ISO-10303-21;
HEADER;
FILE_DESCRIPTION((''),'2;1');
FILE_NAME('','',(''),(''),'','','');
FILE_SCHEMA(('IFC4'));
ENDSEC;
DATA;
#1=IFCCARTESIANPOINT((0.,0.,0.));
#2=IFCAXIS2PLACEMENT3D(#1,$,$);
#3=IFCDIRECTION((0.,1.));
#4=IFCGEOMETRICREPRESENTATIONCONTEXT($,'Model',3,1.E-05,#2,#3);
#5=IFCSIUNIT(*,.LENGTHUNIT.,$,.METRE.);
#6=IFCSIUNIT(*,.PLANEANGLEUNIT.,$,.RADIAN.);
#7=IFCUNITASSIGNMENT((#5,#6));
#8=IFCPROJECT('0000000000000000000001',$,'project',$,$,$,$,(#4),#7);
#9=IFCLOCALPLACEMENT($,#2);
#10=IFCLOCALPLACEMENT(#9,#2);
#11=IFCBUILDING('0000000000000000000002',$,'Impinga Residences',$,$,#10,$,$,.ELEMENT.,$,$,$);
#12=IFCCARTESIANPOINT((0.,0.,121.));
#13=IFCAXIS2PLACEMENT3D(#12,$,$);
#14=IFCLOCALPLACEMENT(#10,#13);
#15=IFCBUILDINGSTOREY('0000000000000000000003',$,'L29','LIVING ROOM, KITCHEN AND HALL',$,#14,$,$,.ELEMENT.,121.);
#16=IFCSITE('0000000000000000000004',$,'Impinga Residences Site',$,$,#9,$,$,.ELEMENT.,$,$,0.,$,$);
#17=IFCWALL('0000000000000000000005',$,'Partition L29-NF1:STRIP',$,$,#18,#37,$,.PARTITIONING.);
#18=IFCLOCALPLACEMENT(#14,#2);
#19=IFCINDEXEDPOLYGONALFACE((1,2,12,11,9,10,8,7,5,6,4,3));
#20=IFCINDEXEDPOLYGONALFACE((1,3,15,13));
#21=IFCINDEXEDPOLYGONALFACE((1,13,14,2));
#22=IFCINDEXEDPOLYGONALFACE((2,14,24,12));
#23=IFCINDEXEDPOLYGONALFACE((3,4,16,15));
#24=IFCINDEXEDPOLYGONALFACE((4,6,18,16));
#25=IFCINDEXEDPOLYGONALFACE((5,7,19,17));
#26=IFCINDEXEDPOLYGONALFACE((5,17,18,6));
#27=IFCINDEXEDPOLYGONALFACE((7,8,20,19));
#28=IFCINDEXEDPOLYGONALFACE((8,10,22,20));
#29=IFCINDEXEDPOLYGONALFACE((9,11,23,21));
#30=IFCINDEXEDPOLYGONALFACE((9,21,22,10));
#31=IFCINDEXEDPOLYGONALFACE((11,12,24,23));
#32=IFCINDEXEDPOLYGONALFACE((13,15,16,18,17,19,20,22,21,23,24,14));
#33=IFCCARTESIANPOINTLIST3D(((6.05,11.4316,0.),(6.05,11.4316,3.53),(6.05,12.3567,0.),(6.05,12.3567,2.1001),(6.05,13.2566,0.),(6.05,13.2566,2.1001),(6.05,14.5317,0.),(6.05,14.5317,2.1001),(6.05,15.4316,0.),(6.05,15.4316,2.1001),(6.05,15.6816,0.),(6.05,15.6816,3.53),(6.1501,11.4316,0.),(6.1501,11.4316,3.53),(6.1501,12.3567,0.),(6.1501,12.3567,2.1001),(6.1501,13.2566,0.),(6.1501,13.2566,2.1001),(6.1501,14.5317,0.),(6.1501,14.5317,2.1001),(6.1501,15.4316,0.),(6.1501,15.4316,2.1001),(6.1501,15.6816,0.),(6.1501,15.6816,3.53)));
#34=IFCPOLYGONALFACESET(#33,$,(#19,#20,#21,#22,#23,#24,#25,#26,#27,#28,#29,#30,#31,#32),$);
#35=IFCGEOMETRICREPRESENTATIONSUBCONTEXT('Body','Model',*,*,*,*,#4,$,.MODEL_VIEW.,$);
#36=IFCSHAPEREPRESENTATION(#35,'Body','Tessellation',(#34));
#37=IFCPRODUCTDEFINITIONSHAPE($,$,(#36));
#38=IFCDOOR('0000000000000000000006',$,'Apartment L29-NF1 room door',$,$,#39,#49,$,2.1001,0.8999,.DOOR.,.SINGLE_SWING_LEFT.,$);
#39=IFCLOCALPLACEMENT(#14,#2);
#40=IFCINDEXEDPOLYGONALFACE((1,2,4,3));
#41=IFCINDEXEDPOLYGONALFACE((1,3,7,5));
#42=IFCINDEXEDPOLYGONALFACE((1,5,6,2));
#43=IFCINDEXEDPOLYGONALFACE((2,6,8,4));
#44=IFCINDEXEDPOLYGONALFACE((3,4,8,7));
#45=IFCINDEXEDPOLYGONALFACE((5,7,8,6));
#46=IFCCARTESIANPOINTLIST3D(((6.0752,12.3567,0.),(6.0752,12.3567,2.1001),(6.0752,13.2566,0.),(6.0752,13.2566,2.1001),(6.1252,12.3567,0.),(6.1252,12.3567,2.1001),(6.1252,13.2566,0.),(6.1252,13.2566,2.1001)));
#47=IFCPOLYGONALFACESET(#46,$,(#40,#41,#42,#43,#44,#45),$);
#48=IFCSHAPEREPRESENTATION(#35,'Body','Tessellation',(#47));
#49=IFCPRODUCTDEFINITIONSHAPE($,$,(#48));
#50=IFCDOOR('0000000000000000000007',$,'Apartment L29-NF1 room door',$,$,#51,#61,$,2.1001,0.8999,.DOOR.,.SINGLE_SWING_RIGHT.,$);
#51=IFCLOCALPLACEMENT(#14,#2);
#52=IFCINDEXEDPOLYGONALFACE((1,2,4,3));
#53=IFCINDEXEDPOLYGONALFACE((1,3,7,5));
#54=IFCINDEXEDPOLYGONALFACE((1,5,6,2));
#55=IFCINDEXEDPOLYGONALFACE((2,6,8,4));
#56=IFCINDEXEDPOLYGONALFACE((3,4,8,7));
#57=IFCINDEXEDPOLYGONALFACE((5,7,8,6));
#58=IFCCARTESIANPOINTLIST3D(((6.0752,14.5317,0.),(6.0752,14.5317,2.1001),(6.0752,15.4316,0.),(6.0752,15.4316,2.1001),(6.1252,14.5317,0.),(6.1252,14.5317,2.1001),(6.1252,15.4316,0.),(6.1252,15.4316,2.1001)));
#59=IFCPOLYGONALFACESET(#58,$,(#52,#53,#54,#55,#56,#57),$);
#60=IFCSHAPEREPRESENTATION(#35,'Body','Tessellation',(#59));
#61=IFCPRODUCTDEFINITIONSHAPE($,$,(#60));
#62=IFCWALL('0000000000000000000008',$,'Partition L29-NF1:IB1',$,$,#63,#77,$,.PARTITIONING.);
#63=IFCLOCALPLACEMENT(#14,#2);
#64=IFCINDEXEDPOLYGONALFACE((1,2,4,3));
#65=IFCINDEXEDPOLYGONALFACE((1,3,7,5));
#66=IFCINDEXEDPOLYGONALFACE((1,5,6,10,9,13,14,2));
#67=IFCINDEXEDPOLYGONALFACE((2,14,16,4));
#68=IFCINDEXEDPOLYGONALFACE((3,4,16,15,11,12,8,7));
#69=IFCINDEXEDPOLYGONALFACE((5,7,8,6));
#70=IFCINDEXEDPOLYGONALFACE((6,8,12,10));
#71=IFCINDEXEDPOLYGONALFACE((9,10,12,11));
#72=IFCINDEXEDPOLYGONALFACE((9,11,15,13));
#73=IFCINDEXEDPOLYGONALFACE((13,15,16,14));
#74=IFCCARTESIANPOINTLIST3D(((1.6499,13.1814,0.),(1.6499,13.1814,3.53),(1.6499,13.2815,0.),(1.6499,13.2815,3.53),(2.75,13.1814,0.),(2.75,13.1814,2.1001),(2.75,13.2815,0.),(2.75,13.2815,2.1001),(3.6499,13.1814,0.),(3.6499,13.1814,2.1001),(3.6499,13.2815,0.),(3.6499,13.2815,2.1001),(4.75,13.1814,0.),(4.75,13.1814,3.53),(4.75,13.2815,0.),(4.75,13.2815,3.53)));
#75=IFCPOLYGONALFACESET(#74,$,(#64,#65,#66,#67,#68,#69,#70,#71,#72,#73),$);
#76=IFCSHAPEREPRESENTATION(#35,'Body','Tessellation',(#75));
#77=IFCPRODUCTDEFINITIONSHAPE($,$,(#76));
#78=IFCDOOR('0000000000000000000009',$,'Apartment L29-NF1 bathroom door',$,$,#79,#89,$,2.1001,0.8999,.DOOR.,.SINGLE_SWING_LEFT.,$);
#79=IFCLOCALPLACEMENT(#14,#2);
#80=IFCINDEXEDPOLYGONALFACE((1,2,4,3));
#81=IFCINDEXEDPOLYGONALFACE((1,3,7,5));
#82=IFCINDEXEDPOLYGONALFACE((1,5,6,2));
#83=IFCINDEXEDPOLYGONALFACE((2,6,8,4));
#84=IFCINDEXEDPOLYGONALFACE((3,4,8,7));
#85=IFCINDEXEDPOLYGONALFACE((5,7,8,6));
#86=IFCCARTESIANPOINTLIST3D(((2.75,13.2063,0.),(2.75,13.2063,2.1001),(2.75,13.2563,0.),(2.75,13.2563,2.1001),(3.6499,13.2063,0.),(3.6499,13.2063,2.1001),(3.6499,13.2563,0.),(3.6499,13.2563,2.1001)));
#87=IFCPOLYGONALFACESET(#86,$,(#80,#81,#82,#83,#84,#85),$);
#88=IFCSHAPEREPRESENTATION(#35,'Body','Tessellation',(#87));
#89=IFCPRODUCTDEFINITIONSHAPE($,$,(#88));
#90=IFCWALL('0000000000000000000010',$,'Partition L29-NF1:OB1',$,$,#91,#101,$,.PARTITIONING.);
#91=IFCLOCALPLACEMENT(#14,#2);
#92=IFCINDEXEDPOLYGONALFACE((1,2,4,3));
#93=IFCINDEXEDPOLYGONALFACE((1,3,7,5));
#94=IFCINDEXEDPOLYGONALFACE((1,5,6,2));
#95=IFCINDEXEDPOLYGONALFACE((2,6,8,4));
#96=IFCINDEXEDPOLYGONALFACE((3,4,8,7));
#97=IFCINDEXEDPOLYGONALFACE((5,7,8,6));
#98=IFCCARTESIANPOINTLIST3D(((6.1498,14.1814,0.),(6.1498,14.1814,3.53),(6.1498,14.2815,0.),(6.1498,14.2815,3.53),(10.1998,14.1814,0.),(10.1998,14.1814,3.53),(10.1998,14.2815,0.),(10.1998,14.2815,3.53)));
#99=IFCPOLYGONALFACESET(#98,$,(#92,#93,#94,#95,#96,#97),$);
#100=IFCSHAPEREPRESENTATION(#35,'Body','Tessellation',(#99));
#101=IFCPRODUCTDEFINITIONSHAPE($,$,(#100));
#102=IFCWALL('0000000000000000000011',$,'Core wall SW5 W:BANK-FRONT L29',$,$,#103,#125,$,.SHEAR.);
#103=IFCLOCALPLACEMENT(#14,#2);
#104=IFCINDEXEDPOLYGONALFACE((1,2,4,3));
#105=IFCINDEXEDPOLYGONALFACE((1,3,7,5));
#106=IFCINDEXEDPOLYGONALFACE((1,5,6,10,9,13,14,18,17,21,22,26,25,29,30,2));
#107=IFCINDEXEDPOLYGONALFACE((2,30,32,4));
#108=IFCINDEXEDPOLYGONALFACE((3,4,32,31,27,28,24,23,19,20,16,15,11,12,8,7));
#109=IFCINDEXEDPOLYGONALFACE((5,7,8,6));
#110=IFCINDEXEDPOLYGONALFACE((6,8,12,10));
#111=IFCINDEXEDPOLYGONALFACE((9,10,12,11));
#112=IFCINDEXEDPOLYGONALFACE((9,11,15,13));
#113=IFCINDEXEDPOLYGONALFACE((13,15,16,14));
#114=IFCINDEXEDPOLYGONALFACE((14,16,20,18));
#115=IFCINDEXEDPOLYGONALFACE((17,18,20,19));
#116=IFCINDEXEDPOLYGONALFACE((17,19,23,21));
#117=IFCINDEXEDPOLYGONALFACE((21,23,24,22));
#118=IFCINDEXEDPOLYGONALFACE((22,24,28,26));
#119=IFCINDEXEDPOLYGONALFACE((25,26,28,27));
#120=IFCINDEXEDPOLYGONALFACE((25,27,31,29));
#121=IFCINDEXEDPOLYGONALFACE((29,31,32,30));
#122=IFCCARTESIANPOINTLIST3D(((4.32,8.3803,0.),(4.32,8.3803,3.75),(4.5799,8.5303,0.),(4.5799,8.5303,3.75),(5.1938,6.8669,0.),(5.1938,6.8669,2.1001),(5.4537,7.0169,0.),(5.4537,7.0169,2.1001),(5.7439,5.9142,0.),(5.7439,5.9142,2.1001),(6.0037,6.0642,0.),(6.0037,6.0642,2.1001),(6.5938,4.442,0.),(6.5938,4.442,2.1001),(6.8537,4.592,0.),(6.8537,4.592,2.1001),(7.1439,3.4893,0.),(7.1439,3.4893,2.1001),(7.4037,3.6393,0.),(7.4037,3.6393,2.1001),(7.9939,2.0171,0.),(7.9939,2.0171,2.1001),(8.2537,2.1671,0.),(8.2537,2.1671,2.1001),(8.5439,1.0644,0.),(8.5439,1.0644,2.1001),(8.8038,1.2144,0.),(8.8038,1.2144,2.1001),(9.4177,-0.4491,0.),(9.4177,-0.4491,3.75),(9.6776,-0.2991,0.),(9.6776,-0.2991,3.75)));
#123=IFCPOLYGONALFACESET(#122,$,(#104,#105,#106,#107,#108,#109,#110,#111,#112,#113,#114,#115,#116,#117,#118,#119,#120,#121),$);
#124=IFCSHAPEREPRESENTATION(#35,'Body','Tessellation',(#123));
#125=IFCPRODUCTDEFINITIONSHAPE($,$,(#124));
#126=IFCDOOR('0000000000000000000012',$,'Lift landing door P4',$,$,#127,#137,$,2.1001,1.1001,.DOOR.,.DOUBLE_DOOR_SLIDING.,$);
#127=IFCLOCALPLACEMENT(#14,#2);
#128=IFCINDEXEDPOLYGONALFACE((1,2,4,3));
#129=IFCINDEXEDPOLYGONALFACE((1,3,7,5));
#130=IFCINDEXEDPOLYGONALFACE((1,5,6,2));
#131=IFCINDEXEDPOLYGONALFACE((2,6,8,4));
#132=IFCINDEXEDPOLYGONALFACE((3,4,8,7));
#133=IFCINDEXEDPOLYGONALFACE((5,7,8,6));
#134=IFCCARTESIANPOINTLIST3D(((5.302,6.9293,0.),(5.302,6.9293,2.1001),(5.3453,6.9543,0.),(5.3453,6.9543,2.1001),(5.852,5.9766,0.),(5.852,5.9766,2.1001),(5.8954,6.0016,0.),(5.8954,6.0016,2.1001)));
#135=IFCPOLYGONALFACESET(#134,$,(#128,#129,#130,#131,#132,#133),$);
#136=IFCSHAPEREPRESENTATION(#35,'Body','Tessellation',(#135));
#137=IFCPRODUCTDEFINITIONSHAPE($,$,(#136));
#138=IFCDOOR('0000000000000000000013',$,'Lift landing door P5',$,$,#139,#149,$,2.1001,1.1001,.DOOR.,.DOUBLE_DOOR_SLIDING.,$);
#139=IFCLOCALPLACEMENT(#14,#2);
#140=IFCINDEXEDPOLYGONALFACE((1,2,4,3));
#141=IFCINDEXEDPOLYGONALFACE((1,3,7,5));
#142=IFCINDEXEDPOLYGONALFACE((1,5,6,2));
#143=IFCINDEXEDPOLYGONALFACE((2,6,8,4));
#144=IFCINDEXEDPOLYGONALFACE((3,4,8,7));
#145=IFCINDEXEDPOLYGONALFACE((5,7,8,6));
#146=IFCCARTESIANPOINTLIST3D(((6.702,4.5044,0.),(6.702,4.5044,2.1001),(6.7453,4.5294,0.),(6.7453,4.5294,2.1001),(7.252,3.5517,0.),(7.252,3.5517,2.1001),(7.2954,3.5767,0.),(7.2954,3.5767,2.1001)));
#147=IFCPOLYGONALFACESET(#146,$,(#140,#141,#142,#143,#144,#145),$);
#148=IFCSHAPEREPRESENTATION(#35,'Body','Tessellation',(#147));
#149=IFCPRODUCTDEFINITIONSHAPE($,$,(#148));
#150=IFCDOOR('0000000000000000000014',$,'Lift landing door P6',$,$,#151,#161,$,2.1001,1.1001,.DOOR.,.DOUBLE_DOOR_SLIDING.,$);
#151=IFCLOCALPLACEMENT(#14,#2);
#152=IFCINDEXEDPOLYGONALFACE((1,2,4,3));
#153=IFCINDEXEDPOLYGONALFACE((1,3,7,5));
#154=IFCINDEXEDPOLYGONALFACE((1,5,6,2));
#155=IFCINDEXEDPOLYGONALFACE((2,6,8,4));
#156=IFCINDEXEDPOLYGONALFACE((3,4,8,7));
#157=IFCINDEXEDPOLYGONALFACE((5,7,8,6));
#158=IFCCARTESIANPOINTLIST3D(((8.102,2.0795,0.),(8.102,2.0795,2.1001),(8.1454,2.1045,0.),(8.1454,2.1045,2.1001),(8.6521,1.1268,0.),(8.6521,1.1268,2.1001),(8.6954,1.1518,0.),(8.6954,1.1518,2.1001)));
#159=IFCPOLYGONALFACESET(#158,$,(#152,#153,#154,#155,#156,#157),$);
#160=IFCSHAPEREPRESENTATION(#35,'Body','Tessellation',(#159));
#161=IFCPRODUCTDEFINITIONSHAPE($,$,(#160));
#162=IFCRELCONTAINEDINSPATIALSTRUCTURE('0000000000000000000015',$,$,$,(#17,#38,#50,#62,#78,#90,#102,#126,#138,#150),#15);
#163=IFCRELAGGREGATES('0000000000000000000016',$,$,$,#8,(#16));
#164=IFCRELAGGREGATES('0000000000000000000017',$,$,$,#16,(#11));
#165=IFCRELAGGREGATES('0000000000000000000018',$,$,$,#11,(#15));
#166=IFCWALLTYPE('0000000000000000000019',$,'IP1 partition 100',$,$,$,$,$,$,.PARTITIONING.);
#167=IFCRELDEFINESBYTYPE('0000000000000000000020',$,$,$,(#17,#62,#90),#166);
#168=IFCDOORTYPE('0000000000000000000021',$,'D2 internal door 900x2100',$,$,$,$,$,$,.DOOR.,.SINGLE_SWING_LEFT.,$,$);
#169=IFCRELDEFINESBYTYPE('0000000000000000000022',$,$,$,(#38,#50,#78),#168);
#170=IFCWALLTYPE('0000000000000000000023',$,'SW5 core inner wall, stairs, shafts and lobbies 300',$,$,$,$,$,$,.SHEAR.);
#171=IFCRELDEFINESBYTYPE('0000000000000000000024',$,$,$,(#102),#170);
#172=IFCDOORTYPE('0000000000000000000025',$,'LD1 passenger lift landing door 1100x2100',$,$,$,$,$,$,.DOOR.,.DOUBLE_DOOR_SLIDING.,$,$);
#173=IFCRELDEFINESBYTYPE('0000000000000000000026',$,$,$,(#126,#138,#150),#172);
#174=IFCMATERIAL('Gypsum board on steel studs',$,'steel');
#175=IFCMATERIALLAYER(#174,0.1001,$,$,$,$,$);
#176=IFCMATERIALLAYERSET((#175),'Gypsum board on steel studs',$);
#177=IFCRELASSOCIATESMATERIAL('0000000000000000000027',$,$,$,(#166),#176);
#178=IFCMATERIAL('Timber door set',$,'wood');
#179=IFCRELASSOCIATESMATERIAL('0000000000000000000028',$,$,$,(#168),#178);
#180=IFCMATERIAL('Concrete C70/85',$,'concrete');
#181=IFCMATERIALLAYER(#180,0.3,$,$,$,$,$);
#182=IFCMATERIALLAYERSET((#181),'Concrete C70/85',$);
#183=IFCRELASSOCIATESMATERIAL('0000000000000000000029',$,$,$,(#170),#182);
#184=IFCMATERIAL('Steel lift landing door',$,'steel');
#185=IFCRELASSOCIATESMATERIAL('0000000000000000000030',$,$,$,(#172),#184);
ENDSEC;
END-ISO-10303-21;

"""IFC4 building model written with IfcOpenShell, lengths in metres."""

from ifc_helpers import new_model, si_unit, direction, frame, frame_2d, origin, place, context, subcontext, project, spatial, rectangle, extrude, material, layer, layer_set, type_object, element, fill, save


model = new_model("IFC4")

# Units and contexts
model_context = context("Model", 3, precision=1e-05, world=origin(), true_north=direction((0.0, 1.0)))
body_context = subcontext(model_context, "Body", "Model", "MODEL_VIEW")
ifc_project = project(units=[si_unit("LENGTHUNIT", "METRE"), si_unit("PLANEANGLEUNIT", "RADIAN")], contexts=[model_context])

# Site, building, storey
site_placement = place(None, origin())
site = spatial("IfcSite", under=ifc_project, at=site_placement, Name="Impinga Residences Site", CompositionType="ELEMENT", RefElevation=0.0)
building_placement = place(site_placement, origin())
building = spatial("IfcBuilding", under=site, at=building_placement, Name="Impinga Residences", CompositionType="ELEMENT")
storey_placement = place(building_placement, frame((0.0, 0.0, 121.0)))
storey = spatial("IfcBuildingStorey", under=building, at=storey_placement, Name="L29", Description="LIVING ROOM, KITCHEN AND HALL", CompositionType="ELEMENT", Elevation=121.0)

# Shared definitions
ifc_material_1 = material(Name="Timber door set", Category="wood")

# Shared definitions
ifc_material_2 = material(Name="Gypsum board on steel studs", Category="steel")
ifc_layer_1 = layer(ifc_material_2, 0.1001)
ifc_layer_set_1 = layer_set([ifc_layer_1], Name="Gypsum board on steel studs")
wall_type_1 = type_object("IfcWallType", Name="IP1 partition 100", PredefinedType="PARTITIONING", material=ifc_layer_set_1)

# Wall, openings, doors
wall_1_placement = place(storey_placement, frame((6.1001, 11.4316, 0.0), z_axis=(0.0, 0.0, 1.0), x_axis=(0.0, 1.0, 0.0)))
wall_1 = element("IfcWall", 1, at=wall_1_placement, inside=storey, type_object=wall_type_1, Name="Partition L29-NF1:STRIP", PredefinedType="PARTITIONING", context=body_context, shape_type="SweptSolid", body=[
    extrude(rectangle(XDim=4.25, YDim=0.1001, at=frame_2d((2.125, 0.0))), origin(), (0.0, 0.0, 1.0), 3.53),
])
opening_1_placement = place(wall_1_placement, frame((0.925, 0.0, 0.0)))
opening_1 = element("IfcOpeningElement", 2, at=opening_1_placement, cuts=wall_1, PredefinedType="OPENING", context=body_context, shape_type="SweptSolid", body=[
    extrude(rectangle(XDim=0.8999, YDim=2.1001, at=frame_2d((0.45, 1.05))), frame((0.0, 0.0601, 0.0), z_axis=(0.0, -1.0, 0.0), x_axis=(1.0, 0.0, 0.0)), (0.0, 0.0, 1.0), 0.1201),
])
opening_2_placement = place(wall_1_placement, frame((3.1001, 0.0, 0.0)))
opening_2 = element("IfcOpeningElement", 3, at=opening_2_placement, cuts=wall_1, PredefinedType="OPENING", context=body_context, shape_type="SweptSolid", body=[
    extrude(rectangle(XDim=0.8999, YDim=2.1001, at=frame_2d((0.45, 1.05))), frame((0.0, 0.0601, 0.0), z_axis=(0.0, -1.0, 0.0), x_axis=(1.0, 0.0, 0.0)), (0.0, 0.0, 1.0), 0.1201),
])
door_type_1 = type_object("IfcDoorType", Name="D2 internal door 900x2100", OperationType="SINGLE_SWING_LEFT", PredefinedType="DOOR", material=ifc_material_1)
door_1_placement = place(opening_1_placement, origin())
door_1 = element("IfcDoor", 4, at=door_1_placement, inside=storey, type_object=door_type_1, Name="Apartment L29-NF1 room door", OperationType="SINGLE_SWING_LEFT", OverallHeight=2.1001, OverallWidth=0.8999, PredefinedType="DOOR", context=body_context, shape_type="SweptSolid", body=[
    extrude(rectangle(XDim=0.8999, YDim=2.1001, at=frame_2d((0.45, 1.05))), frame((0.0, 0.0249, 0.0), z_axis=(0.0, -1.0, 0.0), x_axis=(1.0, 0.0, 0.0)), (0.0, 0.0, 1.0), 0.05),
])
fill(opening_1, door_1)
door_2_placement = place(opening_2_placement, origin())
door_2 = element("IfcDoor", 5, at=door_2_placement, inside=storey, type_object=door_type_1, Name="Apartment L29-NF1 room door", OperationType="SINGLE_SWING_RIGHT", OverallHeight=2.1001, OverallWidth=0.8999, PredefinedType="DOOR", context=body_context, shape_type="SweptSolid", body=[
    extrude(rectangle(XDim=0.8999, YDim=2.1001, at=frame_2d((0.45, 1.05))), frame((0.0, 0.0249, 0.0), z_axis=(0.0, -1.0, 0.0), x_axis=(1.0, 0.0, 0.0)), (0.0, 0.0, 1.0), 0.05),
])
fill(opening_2, door_2)

# Wall, opening, door
wall_2_placement = place(storey_placement, frame((1.6499, 13.2314, 0.0), z_axis=(0.0, 0.0, 1.0), x_axis=(1.0, 0.0, 0.0)))
wall_2 = element("IfcWall", 6, at=wall_2_placement, inside=storey, type_object=wall_type_1, Name="Partition L29-NF1:IB1", PredefinedType="PARTITIONING", context=body_context, shape_type="SweptSolid", body=[
    extrude(rectangle(XDim=3.1001, YDim=0.1001, at=frame_2d((1.55, 0.0))), origin(), (0.0, 0.0, 1.0), 3.53),
])
opening_3_placement = place(wall_2_placement, frame((1.1001, 0.0, 0.0)))
opening_3 = element("IfcOpeningElement", 7, at=opening_3_placement, cuts=wall_2, PredefinedType="OPENING", context=body_context, shape_type="SweptSolid", body=[
    extrude(rectangle(XDim=0.8999, YDim=2.1001, at=frame_2d((0.45, 1.05))), frame((0.0, 0.0601, 0.0), z_axis=(0.0, -1.0, 0.0), x_axis=(1.0, 0.0, 0.0)), (0.0, 0.0, 1.0), 0.1201),
])
door_3_placement = place(opening_3_placement, origin())
door_3 = element("IfcDoor", 8, at=door_3_placement, inside=storey, type_object=door_type_1, Name="Apartment L29-NF1 bathroom door", OperationType="SINGLE_SWING_LEFT", OverallHeight=2.1001, OverallWidth=0.8999, PredefinedType="DOOR", context=body_context, shape_type="SweptSolid", body=[
    extrude(rectangle(XDim=0.8999, YDim=2.1001, at=frame_2d((0.45, 1.05))), frame((0.0, 0.0249, 0.0), z_axis=(0.0, -1.0, 0.0), x_axis=(1.0, 0.0, 0.0)), (0.0, 0.0, 1.0), 0.05),
])
fill(opening_3, door_3)

# Wall
wall_3_placement = place(storey_placement, frame((6.1499, 14.2314, 0.0), z_axis=(0.0, 0.0, 1.0), x_axis=(1.0, 0.0, 0.0)))
element("IfcWall", 9, at=wall_3_placement, inside=storey, type_object=wall_type_1, Name="Partition L29-NF1:OB1", PredefinedType="PARTITIONING", context=body_context, shape_type="SweptSolid", body=[
    extrude(rectangle(XDim=4.05, YDim=0.1001, at=frame_2d((2.0249, 0.0))), origin(), (0.0, 0.0, 1.0), 3.53),
])

# Wall, openings, doors
ifc_material_3 = material(Name="Concrete C70/85", Category="concrete")
ifc_layer_2 = layer(ifc_material_3, 0.3)
ifc_layer_set_2 = layer_set([ifc_layer_2], Name="Concrete C70/85")
wall_type_2 = type_object("IfcWallType", Name="SW5 core inner wall, stairs, shafts and lobbies 300", PredefinedType="SHEAR", material=ifc_layer_set_2)
wall_4_placement = place(storey_placement, frame((4.45, 8.4553, 0.0), z_axis=(0.0, 0.0, 1.0), x_axis=(0.500002, -0.866024, 0.0)))
wall_4 = element("IfcWall", 10, at=wall_4_placement, inside=storey, type_object=wall_type_2, Name="Core wall SW5 W:BANK-FRONT L29", PredefinedType="SHEAR", context=body_context, shape_type="SweptSolid", body=[
    extrude(rectangle(XDim=10.1953, YDim=0.3, at=frame_2d((5.0977, 0.0))), origin(), (0.0, 0.0, 1.0), 3.75),
])
opening_4_placement = place(wall_4_placement, frame((1.7476, 0.0, 0.0)))
opening_4 = element("IfcOpeningElement", 11, at=opening_4_placement, cuts=wall_4, PredefinedType="OPENING", context=body_context, shape_type="SweptSolid", body=[
    extrude(rectangle(XDim=1.1001, YDim=2.1001, at=frame_2d((0.55, 1.05))), frame((0.0, 0.1599, 0.0), z_axis=(0.0, -1.0, 0.0), x_axis=(1.0, 0.0, 0.0)), (0.0, 0.0, 1.0), 0.3201),
])
opening_5_placement = place(wall_4_placement, frame((4.5476, 0.0, 0.0)))
opening_5 = element("IfcOpeningElement", 12, at=opening_5_placement, cuts=wall_4, PredefinedType="OPENING", context=body_context, shape_type="SweptSolid", body=[
    extrude(rectangle(XDim=1.1001, YDim=2.1001, at=frame_2d((0.55, 1.05))), frame((0.0, 0.1599, 0.0), z_axis=(0.0, -1.0, 0.0), x_axis=(1.0, 0.0, 0.0)), (0.0, 0.0, 1.0), 0.3201),
])
opening_6_placement = place(wall_4_placement, frame((7.3477, 0.0, 0.0)))
opening_6 = element("IfcOpeningElement", 13, at=opening_6_placement, cuts=wall_4, PredefinedType="OPENING", context=body_context, shape_type="SweptSolid", body=[
    extrude(rectangle(XDim=1.1001, YDim=2.1001, at=frame_2d((0.55, 1.05))), frame((0.0, 0.1599, 0.0), z_axis=(0.0, -1.0, 0.0), x_axis=(1.0, 0.0, 0.0)), (0.0, 0.0, 1.0), 0.3201),
])
ifc_material_4 = material(Name="Steel lift landing door", Category="steel")
door_type_2 = type_object("IfcDoorType", Name="LD1 passenger lift landing door 1100x2100", OperationType="DOUBLE_DOOR_SLIDING", PredefinedType="DOOR", material=ifc_material_4)
door_4_placement = place(opening_4_placement, origin())
door_4 = element("IfcDoor", 14, at=door_4_placement, inside=storey, type_object=door_type_2, Name="Lift landing door P4", OperationType="DOUBLE_DOOR_SLIDING", OverallHeight=2.1001, OverallWidth=1.1001, PredefinedType="DOOR", context=body_context, shape_type="SweptSolid", body=[
    extrude(rectangle(XDim=1.1001, YDim=2.1001, at=frame_2d((0.55, 1.05))), frame((0.0, 0.0249, 0.0), z_axis=(0.0, -1.0, 0.0), x_axis=(1.0, 0.0, 0.0)), (0.0, 0.0, 1.0), 0.05),
])
fill(opening_4, door_4)
door_5_placement = place(opening_5_placement, origin())
door_5 = element("IfcDoor", 15, at=door_5_placement, inside=storey, type_object=door_type_2, Name="Lift landing door P5", OperationType="DOUBLE_DOOR_SLIDING", OverallHeight=2.1001, OverallWidth=1.1001, PredefinedType="DOOR", context=body_context, shape_type="SweptSolid", body=[
    extrude(rectangle(XDim=1.1001, YDim=2.1001, at=frame_2d((0.55, 1.05))), frame((0.0, 0.0249, 0.0), z_axis=(0.0, -1.0, 0.0), x_axis=(1.0, 0.0, 0.0)), (0.0, 0.0, 1.0), 0.05),
])
fill(opening_5, door_5)
door_6_placement = place(opening_6_placement, origin())
door_6 = element("IfcDoor", 16, at=door_6_placement, inside=storey, type_object=door_type_2, Name="Lift landing door P6", OperationType="DOUBLE_DOOR_SLIDING", OverallHeight=2.1001, OverallWidth=1.1001, PredefinedType="DOOR", context=body_context, shape_type="SweptSolid", body=[
    extrude(rectangle(XDim=1.1001, YDim=2.1001, at=frame_2d((0.55, 1.05))), frame((0.0, 0.0249, 0.0), z_axis=(0.0, -1.0, 0.0), x_axis=(1.0, 0.0, 0.0)), (0.0, 0.0, 1.0), 0.05),
])
fill(opening_6, door_6)

save(model, "model.ifc")
